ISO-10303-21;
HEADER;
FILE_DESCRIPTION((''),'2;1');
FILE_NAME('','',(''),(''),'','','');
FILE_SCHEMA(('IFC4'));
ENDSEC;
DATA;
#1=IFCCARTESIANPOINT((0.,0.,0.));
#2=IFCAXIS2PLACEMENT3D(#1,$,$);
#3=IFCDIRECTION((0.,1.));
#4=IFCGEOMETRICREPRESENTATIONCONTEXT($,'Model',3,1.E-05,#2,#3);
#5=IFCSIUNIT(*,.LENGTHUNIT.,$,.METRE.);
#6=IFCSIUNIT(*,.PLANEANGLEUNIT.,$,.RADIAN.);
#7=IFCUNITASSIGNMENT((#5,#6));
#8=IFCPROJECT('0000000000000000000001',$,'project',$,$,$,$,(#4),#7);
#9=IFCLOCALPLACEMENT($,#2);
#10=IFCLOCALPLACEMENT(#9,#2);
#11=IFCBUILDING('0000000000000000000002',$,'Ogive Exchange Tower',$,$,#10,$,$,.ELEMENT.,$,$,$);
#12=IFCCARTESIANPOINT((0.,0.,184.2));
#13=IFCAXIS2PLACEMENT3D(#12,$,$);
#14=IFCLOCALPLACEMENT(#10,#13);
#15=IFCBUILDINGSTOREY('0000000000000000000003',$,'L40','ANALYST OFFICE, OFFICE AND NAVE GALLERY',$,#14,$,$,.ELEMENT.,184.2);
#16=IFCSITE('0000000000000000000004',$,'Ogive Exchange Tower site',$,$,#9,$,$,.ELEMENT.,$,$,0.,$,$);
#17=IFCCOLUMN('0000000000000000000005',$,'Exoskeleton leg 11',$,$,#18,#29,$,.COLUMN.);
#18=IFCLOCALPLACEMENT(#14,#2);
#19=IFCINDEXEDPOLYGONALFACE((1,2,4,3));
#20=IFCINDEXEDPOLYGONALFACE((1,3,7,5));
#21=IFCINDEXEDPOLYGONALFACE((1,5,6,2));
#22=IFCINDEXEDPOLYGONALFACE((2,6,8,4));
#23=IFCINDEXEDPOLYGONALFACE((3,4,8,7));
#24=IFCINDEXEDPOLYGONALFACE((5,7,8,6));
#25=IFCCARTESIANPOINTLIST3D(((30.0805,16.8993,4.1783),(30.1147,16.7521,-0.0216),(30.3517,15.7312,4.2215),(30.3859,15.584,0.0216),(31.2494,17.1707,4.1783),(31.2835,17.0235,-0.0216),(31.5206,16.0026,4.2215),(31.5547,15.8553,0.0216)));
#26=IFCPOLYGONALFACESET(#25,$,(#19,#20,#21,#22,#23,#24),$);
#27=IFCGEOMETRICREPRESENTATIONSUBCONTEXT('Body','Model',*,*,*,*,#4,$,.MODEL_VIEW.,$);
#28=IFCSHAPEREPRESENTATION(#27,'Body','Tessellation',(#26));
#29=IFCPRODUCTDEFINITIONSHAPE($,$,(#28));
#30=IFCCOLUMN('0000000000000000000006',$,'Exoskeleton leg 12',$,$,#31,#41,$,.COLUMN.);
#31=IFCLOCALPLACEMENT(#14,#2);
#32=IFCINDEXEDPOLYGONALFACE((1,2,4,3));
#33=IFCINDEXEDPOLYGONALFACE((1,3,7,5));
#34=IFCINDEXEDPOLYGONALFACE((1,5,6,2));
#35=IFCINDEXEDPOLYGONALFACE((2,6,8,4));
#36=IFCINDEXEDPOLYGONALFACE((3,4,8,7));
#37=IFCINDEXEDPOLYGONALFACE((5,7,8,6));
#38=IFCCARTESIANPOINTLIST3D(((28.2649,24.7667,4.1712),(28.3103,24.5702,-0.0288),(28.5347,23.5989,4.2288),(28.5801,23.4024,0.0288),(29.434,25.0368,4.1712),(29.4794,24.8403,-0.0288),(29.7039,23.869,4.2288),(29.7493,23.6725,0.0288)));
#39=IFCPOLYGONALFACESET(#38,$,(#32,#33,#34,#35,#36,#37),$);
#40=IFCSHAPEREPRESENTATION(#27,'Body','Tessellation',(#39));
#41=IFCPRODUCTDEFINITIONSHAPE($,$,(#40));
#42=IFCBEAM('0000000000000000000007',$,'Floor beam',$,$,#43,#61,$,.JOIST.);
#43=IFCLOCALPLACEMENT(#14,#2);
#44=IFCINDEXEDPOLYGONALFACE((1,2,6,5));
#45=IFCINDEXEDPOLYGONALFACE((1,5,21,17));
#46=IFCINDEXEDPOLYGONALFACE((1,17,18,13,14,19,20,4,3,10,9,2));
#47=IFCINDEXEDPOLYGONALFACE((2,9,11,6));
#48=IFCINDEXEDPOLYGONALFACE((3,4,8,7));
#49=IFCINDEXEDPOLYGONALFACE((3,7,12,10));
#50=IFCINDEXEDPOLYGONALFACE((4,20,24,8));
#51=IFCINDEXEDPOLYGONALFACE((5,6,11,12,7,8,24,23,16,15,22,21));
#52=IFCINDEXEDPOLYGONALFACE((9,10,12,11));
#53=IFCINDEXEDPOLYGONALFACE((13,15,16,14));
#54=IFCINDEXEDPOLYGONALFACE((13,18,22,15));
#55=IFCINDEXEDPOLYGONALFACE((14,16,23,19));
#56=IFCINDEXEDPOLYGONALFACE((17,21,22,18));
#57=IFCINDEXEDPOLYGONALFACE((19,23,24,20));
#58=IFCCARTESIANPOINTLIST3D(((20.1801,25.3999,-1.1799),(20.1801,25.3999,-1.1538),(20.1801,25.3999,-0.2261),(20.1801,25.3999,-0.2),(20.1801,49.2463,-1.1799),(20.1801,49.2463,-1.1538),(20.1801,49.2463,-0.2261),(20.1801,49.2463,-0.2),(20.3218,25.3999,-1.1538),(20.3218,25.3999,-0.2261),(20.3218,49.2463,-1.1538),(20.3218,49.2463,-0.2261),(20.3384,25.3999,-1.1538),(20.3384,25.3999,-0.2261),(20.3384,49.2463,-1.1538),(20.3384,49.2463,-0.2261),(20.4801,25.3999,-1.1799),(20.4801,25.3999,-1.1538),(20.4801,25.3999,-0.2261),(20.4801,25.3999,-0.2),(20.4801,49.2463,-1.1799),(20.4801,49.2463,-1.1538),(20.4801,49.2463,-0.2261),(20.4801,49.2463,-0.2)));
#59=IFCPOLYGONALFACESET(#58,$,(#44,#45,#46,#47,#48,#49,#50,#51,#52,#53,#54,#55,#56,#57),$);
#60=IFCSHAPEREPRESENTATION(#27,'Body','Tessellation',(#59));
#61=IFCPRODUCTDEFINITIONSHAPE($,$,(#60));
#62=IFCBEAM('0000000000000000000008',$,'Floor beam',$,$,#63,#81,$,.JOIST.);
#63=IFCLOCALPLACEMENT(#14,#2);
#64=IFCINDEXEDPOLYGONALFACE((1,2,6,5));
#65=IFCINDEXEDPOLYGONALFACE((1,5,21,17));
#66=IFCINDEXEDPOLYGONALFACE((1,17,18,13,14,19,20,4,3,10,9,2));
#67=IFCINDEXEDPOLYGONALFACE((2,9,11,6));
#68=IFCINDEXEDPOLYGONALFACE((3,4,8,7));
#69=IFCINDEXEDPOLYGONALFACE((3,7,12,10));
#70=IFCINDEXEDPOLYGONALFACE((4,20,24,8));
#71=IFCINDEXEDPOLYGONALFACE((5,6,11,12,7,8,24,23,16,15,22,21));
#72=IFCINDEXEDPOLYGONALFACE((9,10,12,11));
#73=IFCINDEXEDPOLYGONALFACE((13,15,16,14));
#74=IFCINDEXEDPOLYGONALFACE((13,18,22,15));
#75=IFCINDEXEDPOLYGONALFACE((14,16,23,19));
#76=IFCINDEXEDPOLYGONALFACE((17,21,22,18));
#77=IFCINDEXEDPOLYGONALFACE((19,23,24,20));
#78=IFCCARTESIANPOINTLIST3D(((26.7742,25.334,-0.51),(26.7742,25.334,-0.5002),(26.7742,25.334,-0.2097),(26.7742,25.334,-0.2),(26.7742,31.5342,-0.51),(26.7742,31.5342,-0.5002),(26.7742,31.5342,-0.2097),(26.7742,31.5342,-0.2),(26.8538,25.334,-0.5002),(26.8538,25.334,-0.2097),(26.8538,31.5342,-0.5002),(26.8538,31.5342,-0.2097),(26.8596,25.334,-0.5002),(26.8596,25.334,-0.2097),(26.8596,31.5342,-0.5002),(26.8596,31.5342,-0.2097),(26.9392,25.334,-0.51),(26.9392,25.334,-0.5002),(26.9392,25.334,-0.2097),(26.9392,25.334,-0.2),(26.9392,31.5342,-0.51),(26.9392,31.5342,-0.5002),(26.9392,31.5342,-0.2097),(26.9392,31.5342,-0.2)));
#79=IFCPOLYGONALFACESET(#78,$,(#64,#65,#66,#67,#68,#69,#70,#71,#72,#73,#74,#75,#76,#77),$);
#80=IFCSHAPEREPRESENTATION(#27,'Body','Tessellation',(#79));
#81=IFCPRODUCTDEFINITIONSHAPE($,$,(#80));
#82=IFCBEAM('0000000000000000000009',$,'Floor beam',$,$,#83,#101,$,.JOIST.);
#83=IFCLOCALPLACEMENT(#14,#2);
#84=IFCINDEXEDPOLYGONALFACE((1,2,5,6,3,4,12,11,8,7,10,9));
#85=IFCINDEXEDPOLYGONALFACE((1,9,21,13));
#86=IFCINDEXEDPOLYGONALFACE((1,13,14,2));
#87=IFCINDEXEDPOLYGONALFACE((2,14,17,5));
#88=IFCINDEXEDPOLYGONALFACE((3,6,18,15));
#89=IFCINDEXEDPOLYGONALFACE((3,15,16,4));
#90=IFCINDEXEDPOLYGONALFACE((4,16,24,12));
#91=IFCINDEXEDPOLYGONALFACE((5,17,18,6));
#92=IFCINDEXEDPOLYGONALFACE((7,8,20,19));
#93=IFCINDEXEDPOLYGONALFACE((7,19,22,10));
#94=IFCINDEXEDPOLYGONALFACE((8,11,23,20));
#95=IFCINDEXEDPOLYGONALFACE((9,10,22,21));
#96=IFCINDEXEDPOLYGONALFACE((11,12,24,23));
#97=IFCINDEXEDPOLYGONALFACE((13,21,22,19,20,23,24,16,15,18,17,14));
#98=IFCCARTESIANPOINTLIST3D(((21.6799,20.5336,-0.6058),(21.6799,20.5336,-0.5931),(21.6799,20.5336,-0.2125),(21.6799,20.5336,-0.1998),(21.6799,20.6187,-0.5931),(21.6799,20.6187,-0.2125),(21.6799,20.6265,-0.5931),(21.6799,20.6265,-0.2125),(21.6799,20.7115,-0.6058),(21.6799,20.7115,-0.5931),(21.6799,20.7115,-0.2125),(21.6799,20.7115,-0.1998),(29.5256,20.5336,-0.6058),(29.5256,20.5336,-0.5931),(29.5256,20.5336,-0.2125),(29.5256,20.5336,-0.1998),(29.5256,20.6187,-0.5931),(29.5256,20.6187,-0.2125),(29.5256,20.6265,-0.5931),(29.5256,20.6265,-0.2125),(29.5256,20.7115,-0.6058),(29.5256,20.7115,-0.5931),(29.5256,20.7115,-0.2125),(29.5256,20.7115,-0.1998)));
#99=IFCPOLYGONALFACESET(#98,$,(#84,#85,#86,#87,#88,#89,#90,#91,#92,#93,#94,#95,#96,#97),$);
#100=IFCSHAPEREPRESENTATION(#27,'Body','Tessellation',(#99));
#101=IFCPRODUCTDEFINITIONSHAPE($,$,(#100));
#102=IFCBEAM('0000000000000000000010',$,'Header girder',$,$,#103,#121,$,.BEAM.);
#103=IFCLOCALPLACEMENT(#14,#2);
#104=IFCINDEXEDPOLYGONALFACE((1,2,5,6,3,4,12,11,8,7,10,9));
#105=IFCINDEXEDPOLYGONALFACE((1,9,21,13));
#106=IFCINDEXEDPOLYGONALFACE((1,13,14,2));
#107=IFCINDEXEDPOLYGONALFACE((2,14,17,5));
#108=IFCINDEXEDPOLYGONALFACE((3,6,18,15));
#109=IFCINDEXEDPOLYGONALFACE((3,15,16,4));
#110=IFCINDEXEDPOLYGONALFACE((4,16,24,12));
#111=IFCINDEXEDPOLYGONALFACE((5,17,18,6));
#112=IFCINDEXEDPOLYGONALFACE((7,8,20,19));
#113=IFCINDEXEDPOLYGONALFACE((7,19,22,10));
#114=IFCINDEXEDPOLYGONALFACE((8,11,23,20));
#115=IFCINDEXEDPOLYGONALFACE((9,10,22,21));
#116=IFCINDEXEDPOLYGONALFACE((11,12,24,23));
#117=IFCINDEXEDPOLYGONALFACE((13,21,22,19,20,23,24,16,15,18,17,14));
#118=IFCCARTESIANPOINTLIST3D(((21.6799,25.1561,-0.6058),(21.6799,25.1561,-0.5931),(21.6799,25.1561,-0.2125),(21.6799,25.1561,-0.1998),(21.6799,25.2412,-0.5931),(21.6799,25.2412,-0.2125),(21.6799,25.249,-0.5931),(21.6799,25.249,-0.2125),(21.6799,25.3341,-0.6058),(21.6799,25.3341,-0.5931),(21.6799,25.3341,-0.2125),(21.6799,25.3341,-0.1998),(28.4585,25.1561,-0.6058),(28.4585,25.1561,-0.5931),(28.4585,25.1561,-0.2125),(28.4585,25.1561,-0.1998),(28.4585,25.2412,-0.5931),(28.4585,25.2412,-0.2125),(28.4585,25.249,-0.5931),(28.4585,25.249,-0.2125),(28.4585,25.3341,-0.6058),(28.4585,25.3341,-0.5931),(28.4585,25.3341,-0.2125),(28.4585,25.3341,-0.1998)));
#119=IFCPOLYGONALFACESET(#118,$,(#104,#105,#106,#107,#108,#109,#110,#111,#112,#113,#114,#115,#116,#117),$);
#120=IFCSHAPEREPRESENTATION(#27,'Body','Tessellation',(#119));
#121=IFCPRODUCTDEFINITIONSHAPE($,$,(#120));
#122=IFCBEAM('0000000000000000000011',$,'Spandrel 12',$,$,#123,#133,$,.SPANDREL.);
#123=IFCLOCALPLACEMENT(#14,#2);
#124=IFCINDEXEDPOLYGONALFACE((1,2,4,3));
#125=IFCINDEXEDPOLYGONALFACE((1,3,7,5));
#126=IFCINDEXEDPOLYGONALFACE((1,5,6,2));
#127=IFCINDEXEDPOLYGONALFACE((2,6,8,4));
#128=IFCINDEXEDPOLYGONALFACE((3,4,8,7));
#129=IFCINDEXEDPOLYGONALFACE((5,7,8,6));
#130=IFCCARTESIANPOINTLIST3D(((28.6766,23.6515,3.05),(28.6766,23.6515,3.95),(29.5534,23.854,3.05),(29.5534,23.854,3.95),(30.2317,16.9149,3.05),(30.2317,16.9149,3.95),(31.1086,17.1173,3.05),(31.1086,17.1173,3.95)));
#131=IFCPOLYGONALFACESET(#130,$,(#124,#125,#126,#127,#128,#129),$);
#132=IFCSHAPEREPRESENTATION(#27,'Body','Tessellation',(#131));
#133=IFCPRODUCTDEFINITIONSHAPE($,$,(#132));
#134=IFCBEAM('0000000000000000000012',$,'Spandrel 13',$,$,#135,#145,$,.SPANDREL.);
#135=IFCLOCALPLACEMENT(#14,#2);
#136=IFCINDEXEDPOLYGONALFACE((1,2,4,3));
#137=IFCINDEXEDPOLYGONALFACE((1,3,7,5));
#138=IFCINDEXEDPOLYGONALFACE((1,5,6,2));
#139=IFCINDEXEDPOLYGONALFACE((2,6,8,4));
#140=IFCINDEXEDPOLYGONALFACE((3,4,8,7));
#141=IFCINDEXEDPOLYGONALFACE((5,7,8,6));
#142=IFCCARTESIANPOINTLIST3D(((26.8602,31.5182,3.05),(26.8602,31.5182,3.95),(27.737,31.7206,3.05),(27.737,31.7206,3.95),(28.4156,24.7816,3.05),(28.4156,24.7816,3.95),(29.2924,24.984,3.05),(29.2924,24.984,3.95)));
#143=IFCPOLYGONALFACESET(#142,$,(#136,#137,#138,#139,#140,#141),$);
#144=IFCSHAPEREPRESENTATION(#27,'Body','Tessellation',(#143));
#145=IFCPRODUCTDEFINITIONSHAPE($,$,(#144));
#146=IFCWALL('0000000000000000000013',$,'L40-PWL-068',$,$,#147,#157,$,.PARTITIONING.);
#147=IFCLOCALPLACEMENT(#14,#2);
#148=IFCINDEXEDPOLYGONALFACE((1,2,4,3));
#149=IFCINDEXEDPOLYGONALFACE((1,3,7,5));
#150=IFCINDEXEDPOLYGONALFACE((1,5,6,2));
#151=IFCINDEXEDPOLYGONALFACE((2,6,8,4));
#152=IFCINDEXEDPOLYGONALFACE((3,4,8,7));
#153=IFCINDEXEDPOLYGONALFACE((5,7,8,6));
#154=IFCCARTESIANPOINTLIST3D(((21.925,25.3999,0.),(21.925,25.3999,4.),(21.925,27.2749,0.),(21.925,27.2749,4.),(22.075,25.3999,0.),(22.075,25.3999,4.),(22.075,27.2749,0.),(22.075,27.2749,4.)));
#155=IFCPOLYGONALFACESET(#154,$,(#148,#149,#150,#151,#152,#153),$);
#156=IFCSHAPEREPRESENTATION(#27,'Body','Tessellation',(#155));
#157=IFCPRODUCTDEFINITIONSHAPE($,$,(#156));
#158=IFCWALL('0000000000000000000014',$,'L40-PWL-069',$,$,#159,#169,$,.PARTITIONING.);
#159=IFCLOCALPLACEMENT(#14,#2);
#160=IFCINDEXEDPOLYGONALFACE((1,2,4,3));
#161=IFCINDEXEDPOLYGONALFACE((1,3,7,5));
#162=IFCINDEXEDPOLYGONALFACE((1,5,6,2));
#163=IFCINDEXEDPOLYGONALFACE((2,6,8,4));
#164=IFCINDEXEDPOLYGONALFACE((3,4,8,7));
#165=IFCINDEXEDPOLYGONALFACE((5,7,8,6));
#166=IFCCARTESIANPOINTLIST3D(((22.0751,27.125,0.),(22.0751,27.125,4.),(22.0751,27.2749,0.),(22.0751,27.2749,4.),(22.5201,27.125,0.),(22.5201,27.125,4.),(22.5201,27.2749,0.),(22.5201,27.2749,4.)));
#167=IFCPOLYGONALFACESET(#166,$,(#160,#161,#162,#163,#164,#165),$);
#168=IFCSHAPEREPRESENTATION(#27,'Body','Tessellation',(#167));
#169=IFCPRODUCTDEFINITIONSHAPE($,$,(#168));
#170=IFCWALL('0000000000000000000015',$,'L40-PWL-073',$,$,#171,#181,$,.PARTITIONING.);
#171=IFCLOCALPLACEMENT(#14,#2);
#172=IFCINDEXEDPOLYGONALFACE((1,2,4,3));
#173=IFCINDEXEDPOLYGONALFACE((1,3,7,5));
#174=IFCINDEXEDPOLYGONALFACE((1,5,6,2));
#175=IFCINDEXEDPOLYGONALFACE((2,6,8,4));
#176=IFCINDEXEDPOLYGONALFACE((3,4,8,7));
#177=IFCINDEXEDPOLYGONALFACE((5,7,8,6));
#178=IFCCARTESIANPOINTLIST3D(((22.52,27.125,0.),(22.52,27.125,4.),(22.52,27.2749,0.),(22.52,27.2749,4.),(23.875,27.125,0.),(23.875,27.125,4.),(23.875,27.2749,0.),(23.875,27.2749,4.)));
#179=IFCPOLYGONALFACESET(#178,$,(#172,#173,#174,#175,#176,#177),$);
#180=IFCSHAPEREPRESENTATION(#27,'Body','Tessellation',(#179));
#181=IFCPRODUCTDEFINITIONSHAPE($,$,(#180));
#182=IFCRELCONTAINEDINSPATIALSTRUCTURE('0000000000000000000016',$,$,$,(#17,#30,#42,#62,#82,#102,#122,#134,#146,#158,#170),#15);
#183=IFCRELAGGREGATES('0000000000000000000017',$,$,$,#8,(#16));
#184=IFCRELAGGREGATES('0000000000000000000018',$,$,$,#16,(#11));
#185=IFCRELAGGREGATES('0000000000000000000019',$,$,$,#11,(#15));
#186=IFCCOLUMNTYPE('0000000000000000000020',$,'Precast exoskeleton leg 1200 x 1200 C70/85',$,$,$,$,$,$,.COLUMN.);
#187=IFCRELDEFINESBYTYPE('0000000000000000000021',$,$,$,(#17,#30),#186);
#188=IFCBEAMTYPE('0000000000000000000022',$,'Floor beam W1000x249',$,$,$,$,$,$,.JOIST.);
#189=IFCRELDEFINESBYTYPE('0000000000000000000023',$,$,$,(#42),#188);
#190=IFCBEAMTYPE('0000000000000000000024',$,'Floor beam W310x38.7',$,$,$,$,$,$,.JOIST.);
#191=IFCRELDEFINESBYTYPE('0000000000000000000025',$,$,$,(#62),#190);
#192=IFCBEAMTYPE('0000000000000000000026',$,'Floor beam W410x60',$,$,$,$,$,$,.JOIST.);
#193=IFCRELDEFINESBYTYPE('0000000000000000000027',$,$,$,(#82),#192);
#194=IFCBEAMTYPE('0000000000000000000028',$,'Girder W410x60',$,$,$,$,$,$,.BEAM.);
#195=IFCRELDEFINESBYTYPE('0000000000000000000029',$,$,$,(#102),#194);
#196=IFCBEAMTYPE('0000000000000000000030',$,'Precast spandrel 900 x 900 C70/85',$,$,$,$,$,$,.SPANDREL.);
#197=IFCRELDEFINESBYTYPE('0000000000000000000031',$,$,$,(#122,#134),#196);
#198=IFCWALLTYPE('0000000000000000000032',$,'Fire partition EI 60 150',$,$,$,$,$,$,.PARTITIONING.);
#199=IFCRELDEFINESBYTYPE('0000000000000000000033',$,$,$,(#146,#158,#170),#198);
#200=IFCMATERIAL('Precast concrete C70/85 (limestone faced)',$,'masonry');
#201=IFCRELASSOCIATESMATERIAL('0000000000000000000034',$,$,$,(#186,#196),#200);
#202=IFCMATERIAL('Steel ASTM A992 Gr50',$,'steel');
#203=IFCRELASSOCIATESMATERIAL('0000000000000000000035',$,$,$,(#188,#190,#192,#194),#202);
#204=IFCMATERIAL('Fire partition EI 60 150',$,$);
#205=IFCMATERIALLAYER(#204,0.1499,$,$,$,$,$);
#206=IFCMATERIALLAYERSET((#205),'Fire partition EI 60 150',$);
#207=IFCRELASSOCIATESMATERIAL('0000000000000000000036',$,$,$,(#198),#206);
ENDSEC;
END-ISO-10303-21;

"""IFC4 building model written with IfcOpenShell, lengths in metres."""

from ifc_helpers import new_model, si_unit, direction, frame, frame_2d, origin, origin_2d, place, context, subcontext, project, spatial, rectangle, i_section, extrude, material, layer, layer_set, material_profile, profile_set, type_object, element, save


model = new_model("IFC4")

# Units and contexts
model_context = context("Model", 3, precision=1e-05, world=origin(), true_north=direction((0.0, 1.0)))
body_context = subcontext(model_context, "Body", "Model", "MODEL_VIEW")
ifc_project = project(units=[si_unit("LENGTHUNIT", "METRE"), si_unit("PLANEANGLEUNIT", "RADIAN")], contexts=[model_context])

# Site, building, storey
site_placement = place(None, origin())
site = spatial("IfcSite", under=ifc_project, at=site_placement, Name="Ogive Exchange Tower site", CompositionType="ELEMENT", RefElevation=0.0)
building_placement = place(site_placement, origin())
building = spatial("IfcBuilding", under=site, at=building_placement, Name="Ogive Exchange Tower", CompositionType="ELEMENT")
storey_placement = place(building_placement, frame((0.0, 0.0, 184.2)))
storey = spatial("IfcBuildingStorey", under=building, at=storey_placement, Name="L40", Description="ANALYST OFFICE, OFFICE AND NAVE GALLERY", CompositionType="ELEMENT", Elevation=184.2)

# Columns
ifc_material_1 = material(Name="Precast concrete C70/85 (limestone faced)", Category="masonry")
ifc_material_profile_1 = material_profile(ifc_material_1, rectangle(XDim=1.2, YDim=1.2, at=origin_2d()), Name="1200 x 1200")
ifc_profile_set_1 = profile_set([ifc_material_profile_1], Name="Precast concrete C70/85 (limestone faced)")
column_type = type_object("IfcColumnType", Name="Precast exoskeleton leg 1200 x 1200 C70/85", PredefinedType="COLUMN", material=ifc_profile_set_1)
column_1_placement = place(storey_placement, frame((30.8347, 16.3037, 0.0), z_axis=(-0.008133, 0.035029, 0.999353), x_axis=(-0.974091, -0.226157, 0.0)))
element("IfcColumn", 1, at=column_1_placement, inside=storey, type_object=column_type, Name="Exoskeleton leg 11", PredefinedType="COLUMN", context=body_context, shape_type="SweptSolid", body=[
    extrude(rectangle(XDim=1.2, YDim=1.2, at=origin_2d()), origin(), (0.0, 0.0, 1.0), 4.2026),
])
column_2_placement = place(storey_placement, frame((29.0298, 24.1213, 0.0), z_axis=(-0.0108, 0.04674, 0.998849), x_axis=(-0.97433, -0.225125, 0.0)))
element("IfcColumn", 2, at=column_2_placement, inside=storey, type_object=column_type, Name="Exoskeleton leg 12", PredefinedType="COLUMN", context=body_context, shape_type="SweptSolid", body=[
    extrude(rectangle(XDim=1.2, YDim=1.2, at=origin_2d()), origin(), (0.0, 0.0, 1.0), 4.2048),
])

# Beams
ifc_material_2 = material(Name="Steel ASTM A992 Gr50", Category="steel")
ifc_material_profile_2 = material_profile(ifc_material_2, i_section(OverallWidth=0.3, OverallDepth=0.98, WebThickness=0.0166, FlangeThickness=0.0261, at=origin_2d()), Name="W1000x249")
ifc_profile_set_2 = profile_set([ifc_material_profile_2], Name="Steel ASTM A992 Gr50")
beam_type_1 = type_object("IfcBeamType", Name="Floor beam W1000x249", PredefinedType="JOIST", material=ifc_profile_set_2)
beam_1_placement = place(storey_placement, frame((20.3301, 25.3999, -0.6899), z_axis=(0.0, 1.0, 0.0), x_axis=(-1.0, 0.0, 0.0)))
element("IfcBeam", 3, at=beam_1_placement, inside=storey, type_object=beam_type_1, Name="Floor beam", PredefinedType="JOIST", context=body_context, shape_type="SweptSolid", body=[
    extrude(i_section(OverallWidth=0.3, OverallDepth=0.98, WebThickness=0.0166, FlangeThickness=0.0261, at=origin_2d()), origin(), (0.0, 0.0, 1.0), 23.8464),
])
ifc_material_profile_3 = material_profile(ifc_material_2, i_section(OverallWidth=0.165, OverallDepth=0.3101, WebThickness=0.0059, FlangeThickness=0.0098, at=origin_2d()), Name="W310x38.7")
ifc_profile_set_3 = profile_set([ifc_material_profile_3], Name="Steel ASTM A992 Gr50")
beam_type_2 = type_object("IfcBeamType", Name="Floor beam W310x38.7", PredefinedType="JOIST", material=ifc_profile_set_3)
beam_2_placement = place(storey_placement, frame((26.8567, 25.334, -0.355), z_axis=(0.0, 1.0, 0.0), x_axis=(-1.0, 0.0, 0.0)))
element("IfcBeam", 4, at=beam_2_placement, inside=storey, type_object=beam_type_2, Name="Floor beam", PredefinedType="JOIST", context=body_context, shape_type="SweptSolid", body=[
    extrude(i_section(OverallWidth=0.165, OverallDepth=0.3101, WebThickness=0.0059, FlangeThickness=0.0098, at=origin_2d()), origin(), (0.0, 0.0, 1.0), 6.2002),
])
ifc_material_profile_4 = material_profile(ifc_material_2, i_section(OverallWidth=0.178, OverallDepth=0.406, WebThickness=0.0078, FlangeThickness=0.0127, at=origin_2d()), Name="W410x60")
ifc_profile_set_4 = profile_set([ifc_material_profile_4], Name="Steel ASTM A992 Gr50")
beam_type_3 = type_object("IfcBeamType", Name="Floor beam W410x60", PredefinedType="JOIST", material=ifc_profile_set_4)
beam_3_placement = place(storey_placement, frame((21.6799, 20.6226, -0.4028), z_axis=(1.0, 0.0, 0.0), x_axis=(0.0, 1.0, 0.0)))
element("IfcBeam", 5, at=beam_3_placement, inside=storey, type_object=beam_type_3, Name="Floor beam", PredefinedType="JOIST", context=body_context, shape_type="SweptSolid", body=[
    extrude(i_section(OverallWidth=0.178, OverallDepth=0.406, WebThickness=0.0078, FlangeThickness=0.0127, at=origin_2d()), origin(), (0.0, 0.0, 1.0), 7.8457),
])
ifc_material_profile_5 = material_profile(ifc_material_2, i_section(OverallWidth=0.178, OverallDepth=0.406, WebThickness=0.0078, FlangeThickness=0.0127, at=origin_2d()), Name="W410x60")
ifc_profile_set_5 = profile_set([ifc_material_profile_5], Name="Steel ASTM A992 Gr50")
beam_type_4 = type_object("IfcBeamType", Name="Girder W410x60", PredefinedType="BEAM", material=ifc_profile_set_5)
beam_4_placement = place(storey_placement, frame((21.6799, 25.2451, -0.4028), z_axis=(1.0, 0.0, 0.0), x_axis=(0.0, 1.0, 0.0)))
element("IfcBeam", 6, at=beam_4_placement, inside=storey, type_object=beam_type_4, Name="Header girder", PredefinedType="BEAM", context=body_context, shape_type="SweptSolid", body=[
    extrude(i_section(OverallWidth=0.178, OverallDepth=0.406, WebThickness=0.0078, FlangeThickness=0.0127, at=origin_2d()), origin(), (0.0, 0.0, 1.0), 6.7786),
])
ifc_material_profile_6 = material_profile(ifc_material_1, rectangle(XDim=0.8999, YDim=0.8999, at=origin_2d()), Name="900 x 900")
ifc_profile_set_6 = profile_set([ifc_material_profile_6], Name="Precast concrete C70/85 (limestone faced)")
beam_type_5 = type_object("IfcBeamType", Name="Precast spandrel 900 x 900 C70/85", PredefinedType="SPANDREL", material=ifc_profile_set_6)
for number, where, z_axis, x_axis, name in (
    (7, (30.6702, 17.0161, 3.5), (-0.224939, 0.974373, 0.0), (-0.974373, -0.224939, 0.0), "Spandrel 12"),
    (8, (28.854, 24.8828, 3.5), (-0.224973, 0.974365, 0.0), (-0.974365, -0.224973, 0.0), "Spandrel 13"),
):
    element("IfcBeam", number, at=place(storey_placement, frame(where, z_axis=z_axis, x_axis=x_axis)), inside=storey, type_object=beam_type_5, Name=name, PredefinedType="SPANDREL", context=body_context, shape_type="SweptSolid", body=[
        extrude(rectangle(XDim=0.8999, YDim=0.8999, at=origin_2d()), origin(), (0.0, 0.0, 1.0), 6.9138),
    ])

# Walls
ifc_material_3 = material(Name="Fire partition EI 60 150")
ifc_layer_1 = layer(ifc_material_3, 0.1499)
ifc_layer_set_1 = layer_set([ifc_layer_1], Name="Fire partition EI 60 150")
wall_type_1 = type_object("IfcWallType", Name="Fire partition EI 60 150", PredefinedType="PARTITIONING", material=ifc_layer_set_1)
wall_1_placement = place(storey_placement, frame((22.0, 25.3999, 0.0), z_axis=(0.0, 0.0, 1.0), x_axis=(0.0, 1.0, 0.0)))
element("IfcWall", 9, at=wall_1_placement, inside=storey, type_object=wall_type_1, Name="L40-PWL-068", PredefinedType="PARTITIONING", context=body_context, shape_type="SweptSolid", body=[
    extrude(rectangle(XDim=1.875, YDim=0.1499, at=frame_2d((0.9375, 0.0))), origin(), (0.0, 0.0, 1.0), 4.0),
])
wall_2_placement = place(storey_placement, frame((22.075, 27.2, 0.0), z_axis=(0.0, 0.0, 1.0), x_axis=(1.0, 0.0, 0.0)))
element("IfcWall", 10, at=wall_2_placement, inside=storey, type_object=wall_type_1, Name="L40-PWL-069", PredefinedType="PARTITIONING", context=body_context, shape_type="SweptSolid", body=[
    extrude(rectangle(XDim=0.4451, YDim=0.1499, at=frame_2d((0.2227, 0.0))), origin(), (0.0, 0.0, 1.0), 4.0),
])
wall_3_placement = place(storey_placement, frame((22.52, 27.2, 0.0), z_axis=(0.0, 0.0, 1.0), x_axis=(1.0, 0.0, 0.0)))
element("IfcWall", 11, at=wall_3_placement, inside=storey, type_object=wall_type_1, Name="L40-PWL-073", PredefinedType="PARTITIONING", context=body_context, shape_type="SweptSolid", body=[
    extrude(rectangle(XDim=1.355, YDim=0.1499, at=frame_2d((0.6775, 0.0))), origin(), (0.0, 0.0, 1.0), 4.0),
])

save(model, "model.ifc")
